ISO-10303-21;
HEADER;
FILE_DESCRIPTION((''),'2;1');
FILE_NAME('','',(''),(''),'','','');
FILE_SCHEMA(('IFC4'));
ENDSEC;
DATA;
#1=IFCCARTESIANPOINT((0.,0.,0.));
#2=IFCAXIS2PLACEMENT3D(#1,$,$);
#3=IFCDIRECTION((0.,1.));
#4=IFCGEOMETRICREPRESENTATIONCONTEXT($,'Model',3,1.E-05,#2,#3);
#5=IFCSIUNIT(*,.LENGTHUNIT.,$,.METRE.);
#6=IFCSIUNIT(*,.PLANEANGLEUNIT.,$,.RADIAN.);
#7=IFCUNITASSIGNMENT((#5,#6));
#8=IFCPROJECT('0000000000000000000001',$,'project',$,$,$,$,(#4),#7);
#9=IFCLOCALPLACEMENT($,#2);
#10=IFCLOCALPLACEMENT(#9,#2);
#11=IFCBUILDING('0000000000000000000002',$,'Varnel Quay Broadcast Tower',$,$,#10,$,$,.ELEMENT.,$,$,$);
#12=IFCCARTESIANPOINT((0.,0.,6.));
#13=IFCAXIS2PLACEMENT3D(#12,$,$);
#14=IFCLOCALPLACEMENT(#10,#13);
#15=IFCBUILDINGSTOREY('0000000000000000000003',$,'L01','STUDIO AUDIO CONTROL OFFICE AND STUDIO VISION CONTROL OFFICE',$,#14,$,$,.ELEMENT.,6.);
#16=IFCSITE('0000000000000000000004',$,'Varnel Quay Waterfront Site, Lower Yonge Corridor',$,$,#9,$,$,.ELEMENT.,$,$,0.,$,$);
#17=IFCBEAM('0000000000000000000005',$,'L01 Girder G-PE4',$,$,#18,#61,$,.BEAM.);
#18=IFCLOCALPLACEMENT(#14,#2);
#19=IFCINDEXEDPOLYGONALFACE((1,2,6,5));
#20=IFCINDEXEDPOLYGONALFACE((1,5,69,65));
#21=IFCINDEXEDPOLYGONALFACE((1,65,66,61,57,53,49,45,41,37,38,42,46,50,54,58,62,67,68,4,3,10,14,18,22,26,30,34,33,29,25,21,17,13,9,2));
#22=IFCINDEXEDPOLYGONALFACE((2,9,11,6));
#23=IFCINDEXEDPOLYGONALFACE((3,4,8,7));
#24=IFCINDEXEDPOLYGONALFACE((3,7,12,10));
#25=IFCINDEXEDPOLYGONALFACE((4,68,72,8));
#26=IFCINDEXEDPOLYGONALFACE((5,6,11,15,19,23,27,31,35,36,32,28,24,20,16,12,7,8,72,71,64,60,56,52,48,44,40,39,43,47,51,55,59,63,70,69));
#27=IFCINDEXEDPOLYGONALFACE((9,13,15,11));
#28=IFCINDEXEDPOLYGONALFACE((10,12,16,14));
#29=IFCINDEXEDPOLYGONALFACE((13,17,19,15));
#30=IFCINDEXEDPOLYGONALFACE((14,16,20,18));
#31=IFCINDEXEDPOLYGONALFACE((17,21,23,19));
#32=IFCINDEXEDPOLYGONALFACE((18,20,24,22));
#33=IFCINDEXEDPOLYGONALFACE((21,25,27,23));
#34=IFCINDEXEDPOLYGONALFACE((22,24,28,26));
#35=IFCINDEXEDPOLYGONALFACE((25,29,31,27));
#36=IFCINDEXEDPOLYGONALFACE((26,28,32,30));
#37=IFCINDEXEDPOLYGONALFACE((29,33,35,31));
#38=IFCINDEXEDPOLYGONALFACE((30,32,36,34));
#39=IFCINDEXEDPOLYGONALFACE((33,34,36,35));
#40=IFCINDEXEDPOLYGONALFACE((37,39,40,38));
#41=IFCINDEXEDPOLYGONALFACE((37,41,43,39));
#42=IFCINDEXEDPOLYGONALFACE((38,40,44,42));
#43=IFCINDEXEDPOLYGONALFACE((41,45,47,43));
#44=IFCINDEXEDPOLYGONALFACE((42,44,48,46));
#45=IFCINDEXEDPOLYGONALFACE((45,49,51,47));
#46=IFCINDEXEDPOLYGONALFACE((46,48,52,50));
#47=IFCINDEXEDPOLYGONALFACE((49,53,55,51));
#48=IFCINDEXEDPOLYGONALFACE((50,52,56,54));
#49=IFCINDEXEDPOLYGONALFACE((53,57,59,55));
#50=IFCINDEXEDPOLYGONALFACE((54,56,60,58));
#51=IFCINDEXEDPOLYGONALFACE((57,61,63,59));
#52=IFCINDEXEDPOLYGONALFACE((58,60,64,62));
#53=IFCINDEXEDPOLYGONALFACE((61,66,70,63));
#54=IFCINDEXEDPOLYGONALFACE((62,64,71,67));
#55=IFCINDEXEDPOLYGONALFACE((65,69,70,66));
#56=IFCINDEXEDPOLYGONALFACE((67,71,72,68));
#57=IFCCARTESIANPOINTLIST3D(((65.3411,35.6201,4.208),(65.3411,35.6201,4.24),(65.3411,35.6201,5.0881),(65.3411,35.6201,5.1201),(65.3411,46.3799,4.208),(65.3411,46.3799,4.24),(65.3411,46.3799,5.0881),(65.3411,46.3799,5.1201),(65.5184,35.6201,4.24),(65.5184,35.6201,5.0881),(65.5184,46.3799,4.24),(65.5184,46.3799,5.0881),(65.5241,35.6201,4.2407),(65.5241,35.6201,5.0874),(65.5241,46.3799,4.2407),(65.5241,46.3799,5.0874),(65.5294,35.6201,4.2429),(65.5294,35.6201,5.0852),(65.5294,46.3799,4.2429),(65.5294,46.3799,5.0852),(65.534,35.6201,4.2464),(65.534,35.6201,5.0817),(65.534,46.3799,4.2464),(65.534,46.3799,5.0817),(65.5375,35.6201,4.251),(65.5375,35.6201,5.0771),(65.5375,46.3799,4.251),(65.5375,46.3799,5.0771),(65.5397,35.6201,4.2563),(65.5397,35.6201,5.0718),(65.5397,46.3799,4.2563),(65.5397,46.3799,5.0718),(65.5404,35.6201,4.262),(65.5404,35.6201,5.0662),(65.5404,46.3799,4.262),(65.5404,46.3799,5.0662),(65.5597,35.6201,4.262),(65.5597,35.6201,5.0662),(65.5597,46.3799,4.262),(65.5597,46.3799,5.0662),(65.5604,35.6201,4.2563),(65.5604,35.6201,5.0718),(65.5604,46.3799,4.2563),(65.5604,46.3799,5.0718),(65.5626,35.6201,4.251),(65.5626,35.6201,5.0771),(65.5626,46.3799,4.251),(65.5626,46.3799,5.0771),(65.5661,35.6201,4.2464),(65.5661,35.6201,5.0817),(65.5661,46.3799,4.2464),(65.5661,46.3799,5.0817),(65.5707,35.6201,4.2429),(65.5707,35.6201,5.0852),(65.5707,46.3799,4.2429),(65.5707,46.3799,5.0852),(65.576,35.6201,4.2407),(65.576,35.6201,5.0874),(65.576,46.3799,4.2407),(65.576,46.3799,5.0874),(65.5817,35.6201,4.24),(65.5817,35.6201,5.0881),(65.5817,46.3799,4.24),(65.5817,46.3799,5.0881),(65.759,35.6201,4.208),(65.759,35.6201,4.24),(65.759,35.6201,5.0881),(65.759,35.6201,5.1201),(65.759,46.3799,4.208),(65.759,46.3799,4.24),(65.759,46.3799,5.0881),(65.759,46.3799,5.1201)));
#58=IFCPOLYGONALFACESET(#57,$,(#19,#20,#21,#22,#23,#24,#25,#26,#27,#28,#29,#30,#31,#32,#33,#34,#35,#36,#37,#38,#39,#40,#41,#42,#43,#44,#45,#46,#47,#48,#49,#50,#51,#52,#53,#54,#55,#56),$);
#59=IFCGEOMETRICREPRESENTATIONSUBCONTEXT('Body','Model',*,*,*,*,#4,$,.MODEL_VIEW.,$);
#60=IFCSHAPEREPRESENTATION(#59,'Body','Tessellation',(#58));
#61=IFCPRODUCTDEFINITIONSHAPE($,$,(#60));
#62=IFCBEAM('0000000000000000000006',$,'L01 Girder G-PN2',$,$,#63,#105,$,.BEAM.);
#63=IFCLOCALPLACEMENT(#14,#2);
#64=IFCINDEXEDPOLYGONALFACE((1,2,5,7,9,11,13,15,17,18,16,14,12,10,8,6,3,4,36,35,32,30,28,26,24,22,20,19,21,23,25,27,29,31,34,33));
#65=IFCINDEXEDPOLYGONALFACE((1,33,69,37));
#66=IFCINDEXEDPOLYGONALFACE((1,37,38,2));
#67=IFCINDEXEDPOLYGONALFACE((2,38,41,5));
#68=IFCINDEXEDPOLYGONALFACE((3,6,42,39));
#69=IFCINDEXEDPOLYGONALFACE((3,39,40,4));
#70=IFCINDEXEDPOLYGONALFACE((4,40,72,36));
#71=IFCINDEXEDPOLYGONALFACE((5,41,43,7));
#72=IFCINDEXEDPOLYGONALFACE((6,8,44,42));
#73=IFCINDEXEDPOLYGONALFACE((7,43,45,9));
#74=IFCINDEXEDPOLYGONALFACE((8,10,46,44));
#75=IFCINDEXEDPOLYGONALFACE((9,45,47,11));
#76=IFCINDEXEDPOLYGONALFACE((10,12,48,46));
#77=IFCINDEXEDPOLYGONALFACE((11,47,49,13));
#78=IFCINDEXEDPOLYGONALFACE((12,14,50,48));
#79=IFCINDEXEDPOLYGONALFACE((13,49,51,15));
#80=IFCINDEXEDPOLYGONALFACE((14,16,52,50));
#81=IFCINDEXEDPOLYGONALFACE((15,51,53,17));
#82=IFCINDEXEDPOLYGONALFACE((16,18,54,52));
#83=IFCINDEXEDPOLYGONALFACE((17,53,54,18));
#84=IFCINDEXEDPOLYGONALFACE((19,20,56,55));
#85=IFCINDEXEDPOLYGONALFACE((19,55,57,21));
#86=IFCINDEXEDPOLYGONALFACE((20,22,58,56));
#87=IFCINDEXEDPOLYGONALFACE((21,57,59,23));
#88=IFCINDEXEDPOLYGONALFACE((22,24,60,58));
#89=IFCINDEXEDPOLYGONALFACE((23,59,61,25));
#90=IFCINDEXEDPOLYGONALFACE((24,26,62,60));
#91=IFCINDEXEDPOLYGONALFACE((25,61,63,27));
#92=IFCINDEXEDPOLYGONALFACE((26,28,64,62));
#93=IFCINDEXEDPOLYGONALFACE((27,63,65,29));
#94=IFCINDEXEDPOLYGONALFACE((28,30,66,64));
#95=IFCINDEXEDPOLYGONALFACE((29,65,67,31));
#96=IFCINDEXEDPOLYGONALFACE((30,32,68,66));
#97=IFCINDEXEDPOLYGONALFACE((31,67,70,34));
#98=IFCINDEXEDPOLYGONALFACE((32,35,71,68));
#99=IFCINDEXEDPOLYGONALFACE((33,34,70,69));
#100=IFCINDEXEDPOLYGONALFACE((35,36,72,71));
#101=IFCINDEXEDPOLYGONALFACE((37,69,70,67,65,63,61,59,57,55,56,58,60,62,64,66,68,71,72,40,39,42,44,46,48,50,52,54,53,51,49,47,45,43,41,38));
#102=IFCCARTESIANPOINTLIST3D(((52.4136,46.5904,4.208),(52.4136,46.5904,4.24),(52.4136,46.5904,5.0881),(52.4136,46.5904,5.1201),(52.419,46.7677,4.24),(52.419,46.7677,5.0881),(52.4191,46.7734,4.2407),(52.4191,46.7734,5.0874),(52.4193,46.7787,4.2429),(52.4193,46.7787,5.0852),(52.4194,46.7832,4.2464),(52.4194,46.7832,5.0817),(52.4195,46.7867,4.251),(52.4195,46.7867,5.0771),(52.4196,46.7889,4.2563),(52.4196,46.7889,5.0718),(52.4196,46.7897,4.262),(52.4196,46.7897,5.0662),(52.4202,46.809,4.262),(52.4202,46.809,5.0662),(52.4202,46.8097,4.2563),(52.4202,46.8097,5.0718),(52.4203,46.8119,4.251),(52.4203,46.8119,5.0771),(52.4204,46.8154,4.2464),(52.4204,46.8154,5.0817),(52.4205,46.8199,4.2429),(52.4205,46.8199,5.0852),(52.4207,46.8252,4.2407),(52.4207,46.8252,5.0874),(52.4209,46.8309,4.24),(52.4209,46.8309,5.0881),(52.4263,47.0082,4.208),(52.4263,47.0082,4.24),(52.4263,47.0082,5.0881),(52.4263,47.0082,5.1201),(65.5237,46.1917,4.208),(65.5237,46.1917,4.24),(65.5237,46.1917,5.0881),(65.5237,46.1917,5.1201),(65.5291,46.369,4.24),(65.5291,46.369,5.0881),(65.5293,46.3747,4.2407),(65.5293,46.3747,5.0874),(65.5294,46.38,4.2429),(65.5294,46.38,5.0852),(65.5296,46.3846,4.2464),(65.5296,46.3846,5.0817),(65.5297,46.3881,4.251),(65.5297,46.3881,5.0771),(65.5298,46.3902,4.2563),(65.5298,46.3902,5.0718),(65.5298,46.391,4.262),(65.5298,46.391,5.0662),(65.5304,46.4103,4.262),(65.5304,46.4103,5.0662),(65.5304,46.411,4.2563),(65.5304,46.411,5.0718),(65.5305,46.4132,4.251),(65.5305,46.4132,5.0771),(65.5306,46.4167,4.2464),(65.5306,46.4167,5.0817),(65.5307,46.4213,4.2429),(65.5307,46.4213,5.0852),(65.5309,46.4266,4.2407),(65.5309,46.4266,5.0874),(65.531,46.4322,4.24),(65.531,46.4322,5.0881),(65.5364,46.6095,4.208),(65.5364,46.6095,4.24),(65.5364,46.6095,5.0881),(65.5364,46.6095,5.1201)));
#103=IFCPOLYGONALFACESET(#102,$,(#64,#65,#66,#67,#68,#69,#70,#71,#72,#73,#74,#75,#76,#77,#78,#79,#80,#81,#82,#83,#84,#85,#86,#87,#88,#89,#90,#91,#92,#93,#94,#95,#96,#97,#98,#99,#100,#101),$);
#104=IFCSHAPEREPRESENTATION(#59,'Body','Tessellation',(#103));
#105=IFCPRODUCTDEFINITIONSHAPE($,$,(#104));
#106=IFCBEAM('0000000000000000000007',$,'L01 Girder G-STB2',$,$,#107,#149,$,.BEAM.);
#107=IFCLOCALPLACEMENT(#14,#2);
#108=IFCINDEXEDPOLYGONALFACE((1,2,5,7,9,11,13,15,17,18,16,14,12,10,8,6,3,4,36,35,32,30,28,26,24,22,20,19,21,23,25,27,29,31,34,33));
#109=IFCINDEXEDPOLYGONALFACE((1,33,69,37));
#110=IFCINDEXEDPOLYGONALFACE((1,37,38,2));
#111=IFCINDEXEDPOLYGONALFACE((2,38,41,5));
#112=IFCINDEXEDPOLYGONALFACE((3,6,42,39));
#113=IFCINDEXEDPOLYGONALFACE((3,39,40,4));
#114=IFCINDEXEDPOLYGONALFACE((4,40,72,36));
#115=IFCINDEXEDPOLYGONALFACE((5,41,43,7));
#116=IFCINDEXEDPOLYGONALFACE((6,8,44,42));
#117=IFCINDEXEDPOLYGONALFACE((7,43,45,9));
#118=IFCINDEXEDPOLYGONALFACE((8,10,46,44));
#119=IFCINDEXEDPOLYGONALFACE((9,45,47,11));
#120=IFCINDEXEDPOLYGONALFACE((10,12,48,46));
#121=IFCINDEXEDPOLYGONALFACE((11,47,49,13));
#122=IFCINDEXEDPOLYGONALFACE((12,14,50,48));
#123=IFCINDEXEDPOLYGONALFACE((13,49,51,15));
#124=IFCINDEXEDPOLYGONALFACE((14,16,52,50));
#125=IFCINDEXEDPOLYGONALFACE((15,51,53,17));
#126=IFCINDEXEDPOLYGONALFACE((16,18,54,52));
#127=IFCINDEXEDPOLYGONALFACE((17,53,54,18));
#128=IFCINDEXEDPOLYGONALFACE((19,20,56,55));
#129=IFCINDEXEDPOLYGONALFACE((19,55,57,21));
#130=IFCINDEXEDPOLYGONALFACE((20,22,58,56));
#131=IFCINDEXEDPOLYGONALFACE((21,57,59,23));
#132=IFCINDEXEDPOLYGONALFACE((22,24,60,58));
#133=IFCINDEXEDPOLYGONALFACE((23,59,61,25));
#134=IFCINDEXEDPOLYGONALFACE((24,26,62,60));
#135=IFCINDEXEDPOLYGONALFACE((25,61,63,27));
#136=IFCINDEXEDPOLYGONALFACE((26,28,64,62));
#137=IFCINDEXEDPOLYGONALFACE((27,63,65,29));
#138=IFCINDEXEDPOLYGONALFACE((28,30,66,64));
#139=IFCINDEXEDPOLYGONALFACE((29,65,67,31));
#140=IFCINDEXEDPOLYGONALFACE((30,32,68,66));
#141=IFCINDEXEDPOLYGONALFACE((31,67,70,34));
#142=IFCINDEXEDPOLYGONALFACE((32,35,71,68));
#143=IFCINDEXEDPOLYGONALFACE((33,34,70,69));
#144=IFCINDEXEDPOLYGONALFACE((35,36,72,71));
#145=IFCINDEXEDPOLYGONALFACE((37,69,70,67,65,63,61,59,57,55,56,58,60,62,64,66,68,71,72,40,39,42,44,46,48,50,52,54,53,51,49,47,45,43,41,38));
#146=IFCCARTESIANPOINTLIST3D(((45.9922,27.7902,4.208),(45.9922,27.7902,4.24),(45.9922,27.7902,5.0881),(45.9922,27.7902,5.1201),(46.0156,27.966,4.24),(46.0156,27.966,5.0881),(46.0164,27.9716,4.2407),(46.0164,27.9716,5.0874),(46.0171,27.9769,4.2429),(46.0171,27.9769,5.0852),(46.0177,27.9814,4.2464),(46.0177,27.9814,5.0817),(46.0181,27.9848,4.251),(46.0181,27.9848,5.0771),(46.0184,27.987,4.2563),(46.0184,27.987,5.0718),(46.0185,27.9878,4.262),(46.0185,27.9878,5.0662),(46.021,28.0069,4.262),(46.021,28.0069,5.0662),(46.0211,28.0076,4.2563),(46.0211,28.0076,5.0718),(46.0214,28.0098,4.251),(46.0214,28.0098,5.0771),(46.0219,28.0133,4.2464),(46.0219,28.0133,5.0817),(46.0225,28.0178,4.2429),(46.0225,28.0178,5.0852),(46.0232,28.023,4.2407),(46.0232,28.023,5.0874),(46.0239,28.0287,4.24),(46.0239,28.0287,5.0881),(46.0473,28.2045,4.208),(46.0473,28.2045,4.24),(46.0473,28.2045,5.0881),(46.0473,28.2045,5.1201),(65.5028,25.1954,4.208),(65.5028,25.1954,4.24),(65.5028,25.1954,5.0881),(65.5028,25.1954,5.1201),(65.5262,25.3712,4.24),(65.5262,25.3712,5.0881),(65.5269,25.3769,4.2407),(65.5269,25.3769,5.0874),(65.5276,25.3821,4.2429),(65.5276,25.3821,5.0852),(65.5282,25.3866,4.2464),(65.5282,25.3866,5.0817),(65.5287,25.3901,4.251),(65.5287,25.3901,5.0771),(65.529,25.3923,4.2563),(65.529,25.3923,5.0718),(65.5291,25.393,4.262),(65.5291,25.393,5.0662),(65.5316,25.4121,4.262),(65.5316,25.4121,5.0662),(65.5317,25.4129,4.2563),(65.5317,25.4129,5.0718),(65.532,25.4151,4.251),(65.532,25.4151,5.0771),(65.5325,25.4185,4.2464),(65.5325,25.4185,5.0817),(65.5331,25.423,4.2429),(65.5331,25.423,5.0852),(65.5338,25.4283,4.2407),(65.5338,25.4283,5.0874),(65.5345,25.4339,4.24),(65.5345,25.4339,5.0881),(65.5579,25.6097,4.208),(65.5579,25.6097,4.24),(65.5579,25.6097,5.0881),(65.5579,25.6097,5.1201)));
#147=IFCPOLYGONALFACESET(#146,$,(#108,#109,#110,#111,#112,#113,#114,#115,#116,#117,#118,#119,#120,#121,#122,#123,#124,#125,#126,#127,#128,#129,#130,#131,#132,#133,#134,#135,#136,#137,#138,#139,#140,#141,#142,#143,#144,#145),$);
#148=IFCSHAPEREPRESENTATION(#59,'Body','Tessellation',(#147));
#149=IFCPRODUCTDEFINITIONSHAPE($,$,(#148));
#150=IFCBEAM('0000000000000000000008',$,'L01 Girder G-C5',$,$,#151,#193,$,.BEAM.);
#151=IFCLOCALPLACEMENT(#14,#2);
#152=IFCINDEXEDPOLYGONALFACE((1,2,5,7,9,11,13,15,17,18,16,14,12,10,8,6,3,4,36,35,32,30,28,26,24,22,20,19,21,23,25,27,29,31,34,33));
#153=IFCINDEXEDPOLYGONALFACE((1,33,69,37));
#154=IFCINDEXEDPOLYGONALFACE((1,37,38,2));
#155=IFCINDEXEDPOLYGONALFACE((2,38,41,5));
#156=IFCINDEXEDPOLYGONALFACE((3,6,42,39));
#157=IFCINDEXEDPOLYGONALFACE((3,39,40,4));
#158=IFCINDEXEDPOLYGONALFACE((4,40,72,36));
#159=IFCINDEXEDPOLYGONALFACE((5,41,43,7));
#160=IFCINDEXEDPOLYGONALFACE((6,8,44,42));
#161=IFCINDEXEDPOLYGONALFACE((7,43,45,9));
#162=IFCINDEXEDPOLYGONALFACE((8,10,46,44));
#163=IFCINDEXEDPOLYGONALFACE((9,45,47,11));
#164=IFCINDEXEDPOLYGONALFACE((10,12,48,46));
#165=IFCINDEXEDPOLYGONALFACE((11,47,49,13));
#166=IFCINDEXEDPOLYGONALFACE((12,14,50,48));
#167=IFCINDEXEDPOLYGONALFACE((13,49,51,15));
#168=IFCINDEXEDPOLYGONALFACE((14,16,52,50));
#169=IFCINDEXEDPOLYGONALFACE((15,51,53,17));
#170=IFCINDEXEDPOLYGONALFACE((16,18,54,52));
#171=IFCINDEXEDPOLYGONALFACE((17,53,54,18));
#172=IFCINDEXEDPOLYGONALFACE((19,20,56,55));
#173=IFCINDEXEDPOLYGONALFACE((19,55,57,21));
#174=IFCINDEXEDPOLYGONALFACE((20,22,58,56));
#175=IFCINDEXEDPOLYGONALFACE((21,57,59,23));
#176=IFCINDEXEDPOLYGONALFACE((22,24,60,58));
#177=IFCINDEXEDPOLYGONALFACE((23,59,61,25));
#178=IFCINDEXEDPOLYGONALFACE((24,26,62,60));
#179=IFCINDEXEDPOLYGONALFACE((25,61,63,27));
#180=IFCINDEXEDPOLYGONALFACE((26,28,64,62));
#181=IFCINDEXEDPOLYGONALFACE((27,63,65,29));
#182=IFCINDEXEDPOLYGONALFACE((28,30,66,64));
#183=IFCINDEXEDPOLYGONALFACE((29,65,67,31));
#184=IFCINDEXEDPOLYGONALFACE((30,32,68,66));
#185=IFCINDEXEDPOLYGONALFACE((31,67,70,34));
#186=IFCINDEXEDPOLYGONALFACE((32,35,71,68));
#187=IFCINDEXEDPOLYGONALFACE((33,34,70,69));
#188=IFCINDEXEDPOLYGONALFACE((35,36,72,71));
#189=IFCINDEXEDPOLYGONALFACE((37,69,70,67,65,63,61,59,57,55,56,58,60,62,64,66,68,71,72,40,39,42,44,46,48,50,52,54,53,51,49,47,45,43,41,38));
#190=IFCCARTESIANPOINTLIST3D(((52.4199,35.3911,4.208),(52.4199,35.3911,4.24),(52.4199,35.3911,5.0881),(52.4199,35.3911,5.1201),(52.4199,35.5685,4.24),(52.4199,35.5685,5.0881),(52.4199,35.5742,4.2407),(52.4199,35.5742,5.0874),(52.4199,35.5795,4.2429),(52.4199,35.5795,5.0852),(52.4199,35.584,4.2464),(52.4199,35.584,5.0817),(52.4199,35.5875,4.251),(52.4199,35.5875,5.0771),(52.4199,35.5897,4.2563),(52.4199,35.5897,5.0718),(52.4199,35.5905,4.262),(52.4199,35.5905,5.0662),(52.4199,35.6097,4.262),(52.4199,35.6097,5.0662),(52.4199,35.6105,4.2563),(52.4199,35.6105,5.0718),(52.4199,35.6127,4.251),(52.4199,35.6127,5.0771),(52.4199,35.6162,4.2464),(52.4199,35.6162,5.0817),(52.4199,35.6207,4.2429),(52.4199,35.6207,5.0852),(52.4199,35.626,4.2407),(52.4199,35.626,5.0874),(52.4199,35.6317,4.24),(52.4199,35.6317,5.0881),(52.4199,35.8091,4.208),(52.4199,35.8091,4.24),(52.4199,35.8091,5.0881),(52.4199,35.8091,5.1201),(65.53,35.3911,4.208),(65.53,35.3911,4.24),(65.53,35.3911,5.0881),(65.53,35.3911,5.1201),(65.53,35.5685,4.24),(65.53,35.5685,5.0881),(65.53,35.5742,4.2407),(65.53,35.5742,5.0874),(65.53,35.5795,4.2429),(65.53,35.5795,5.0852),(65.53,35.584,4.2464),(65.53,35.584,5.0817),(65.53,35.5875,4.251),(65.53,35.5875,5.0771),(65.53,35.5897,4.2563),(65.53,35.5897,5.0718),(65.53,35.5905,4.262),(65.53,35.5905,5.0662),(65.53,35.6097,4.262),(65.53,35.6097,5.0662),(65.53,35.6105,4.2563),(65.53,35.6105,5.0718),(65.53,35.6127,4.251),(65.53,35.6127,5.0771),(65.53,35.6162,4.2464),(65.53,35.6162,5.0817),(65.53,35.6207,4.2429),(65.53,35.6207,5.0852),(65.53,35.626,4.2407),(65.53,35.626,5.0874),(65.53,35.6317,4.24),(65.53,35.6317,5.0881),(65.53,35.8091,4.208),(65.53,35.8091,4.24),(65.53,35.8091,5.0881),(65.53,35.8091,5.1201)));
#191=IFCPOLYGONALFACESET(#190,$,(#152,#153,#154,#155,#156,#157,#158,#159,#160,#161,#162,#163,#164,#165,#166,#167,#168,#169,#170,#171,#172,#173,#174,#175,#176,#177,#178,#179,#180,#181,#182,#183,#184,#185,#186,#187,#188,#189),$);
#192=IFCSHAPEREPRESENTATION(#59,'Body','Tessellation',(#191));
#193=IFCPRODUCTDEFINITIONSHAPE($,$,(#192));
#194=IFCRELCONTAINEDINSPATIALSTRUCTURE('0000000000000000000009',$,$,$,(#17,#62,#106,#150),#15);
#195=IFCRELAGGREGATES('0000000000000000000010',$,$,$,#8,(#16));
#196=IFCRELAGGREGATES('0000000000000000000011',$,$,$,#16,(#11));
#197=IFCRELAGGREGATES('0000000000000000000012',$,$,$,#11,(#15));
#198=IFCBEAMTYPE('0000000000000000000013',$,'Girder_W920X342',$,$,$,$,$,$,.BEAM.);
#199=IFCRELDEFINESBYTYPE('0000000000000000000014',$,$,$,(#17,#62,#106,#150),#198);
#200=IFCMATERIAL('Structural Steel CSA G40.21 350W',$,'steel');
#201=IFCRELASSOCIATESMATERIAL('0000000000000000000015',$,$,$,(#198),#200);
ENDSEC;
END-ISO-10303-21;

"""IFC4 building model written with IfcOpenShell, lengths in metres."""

from ifc_helpers import new_model, si_unit, direction, frame, origin, origin_2d, place, context, subcontext, project, spatial, i_section, extrude, source, transform, mapped, material, material_profile, profile_set, type_object, type_shapes, element, save


model = new_model("IFC4")

# Units and contexts
model_context = context("Model", 3, precision=1e-05, world=origin(), true_north=direction((0.0, 1.0)))
body_context = subcontext(model_context, "Body", "Model", "MODEL_VIEW")
ifc_project = project(units=[si_unit("LENGTHUNIT", "METRE"), si_unit("PLANEANGLEUNIT", "RADIAN")], contexts=[model_context])

# Site, building, storey
site_placement = place(None, origin())
site = spatial("IfcSite", under=ifc_project, at=site_placement, Name="Varnel Quay Waterfront Site, Lower Yonge Corridor", CompositionType="ELEMENT", RefElevation=0.0)
building_placement = place(site_placement, origin())
building = spatial("IfcBuilding", under=site, at=building_placement, Name="Varnel Quay Broadcast Tower", CompositionType="ELEMENT")
storey_placement = place(building_placement, frame((0.0, 0.0, 6.0)))
storey = spatial("IfcBuildingStorey", under=building, at=storey_placement, Name="L01", Description="STUDIO AUDIO CONTROL OFFICE AND STUDIO VISION CONTROL OFFICE", CompositionType="ELEMENT", Elevation=6.0)

# Shared definitions
ifc_material_1 = material(Name="Structural Steel CSA G40.21 350W", Category="steel")

# Beams
ifc_material_profile_1 = material_profile(ifc_material_1, i_section(OverallWidth=0.418, OverallDepth=0.9121, WebThickness=0.0193, FlangeThickness=0.032, FilletRadius=0.022, at=origin_2d()), Name="W920X342")
ifc_profile_set_1 = profile_set([ifc_material_profile_1], Name="Structural Steel CSA G40.21 350W")
beam_type = type_object("IfcBeamType", Name="Girder_W920X342", PredefinedType="BEAM", material=ifc_profile_set_1)
shared_shape_1 = source(origin(), body_context, "Body", "SweptSolid", [
    extrude(i_section(OverallWidth=0.418, OverallDepth=0.9121, WebThickness=0.0193, FlangeThickness=0.032, FilletRadius=0.022, at=origin_2d()), origin(), (0.0, 0.0, 1.0), 10.7598),
])
beam_1_placement = place(storey_placement, frame((65.55, 35.6201, 4.6641), z_axis=(0.0, 1.0, 0.0), x_axis=(-1.0, 0.0, 0.0)))
element("IfcBeam", 1, at=beam_1_placement, inside=storey, type_object=beam_type, Name="L01 Girder G-PE4", PredefinedType="BEAM", context=body_context, shape_type="MappedRepresentation", body=[
    mapped(shared_shape_1, transform((0.0, 0.0, 0.0), x_axis=(1.0, 0.0, 0.0), y_axis=(0.0, 1.0, 0.0), z_axis=(0.0, 0.0, 1.0), scale=1.0)),
])
shared_shape_2 = source(origin(), body_context, "Body", "SweptSolid", [
    extrude(i_section(OverallWidth=0.418, OverallDepth=0.9121, WebThickness=0.0193, FlangeThickness=0.032, FilletRadius=0.022, at=origin_2d()), origin(), (0.0, 0.0, 1.0), 13.1162),
])
beam_2_placement = place(storey_placement, frame((52.4199, 46.7993, 4.6641), z_axis=(0.999538, -0.030396, 0.0), x_axis=(0.030396, 0.999538, 0.0)))
element("IfcBeam", 2, at=beam_2_placement, inside=storey, type_object=beam_type, Name="L01 Girder G-PN2", PredefinedType="BEAM", context=body_context, shape_type="MappedRepresentation", body=[
    mapped(shared_shape_2, transform((0.0, 0.0, 0.0), x_axis=(1.0, 0.0, 0.0), y_axis=(0.0, 1.0, 0.0), z_axis=(0.0, 0.0, 1.0), scale=1.0)),
])
shared_shape_3 = source(origin(), body_context, "Body", "SweptSolid", [
    extrude(i_section(OverallWidth=0.418, OverallDepth=0.9121, WebThickness=0.0193, FlangeThickness=0.032, FilletRadius=0.022, at=origin_2d()), origin(), (0.0, 0.0, 1.0), 19.6824),
])
beam_3_placement = place(storey_placement, frame((46.0198, 27.9973, 4.6641), z_axis=(0.991272, -0.131831, 0.0), x_axis=(0.131831, 0.991272, 0.0)))
element("IfcBeam", 3, at=beam_3_placement, inside=storey, type_object=beam_type, Name="L01 Girder G-STB2", PredefinedType="BEAM", context=body_context, shape_type="MappedRepresentation", body=[
    mapped(shared_shape_3, transform((0.0, 0.0, 0.0), x_axis=(1.0, 0.0, 0.0), y_axis=(0.0, 1.0, 0.0), z_axis=(0.0, 0.0, 1.0), scale=1.0)),
])
shared_shape_4 = source(origin(), body_context, "Body", "SweptSolid", [
    extrude(i_section(OverallWidth=0.418, OverallDepth=0.9121, WebThickness=0.0193, FlangeThickness=0.032, FilletRadius=0.022, at=origin_2d()), origin(), (0.0, 0.0, 1.0), 13.1101),
])
type_shapes(beam_type, [shared_shape_1, shared_shape_2, shared_shape_3, shared_shape_4])
beam_4_placement = place(storey_placement, frame((52.4199, 35.6001, 4.6641), z_axis=(1.0, 0.0, 0.0), x_axis=(0.0, 1.0, 0.0)))
element("IfcBeam", 4, at=beam_4_placement, inside=storey, type_object=beam_type, Name="L01 Girder G-C5", PredefinedType="BEAM", context=body_context, shape_type="MappedRepresentation", body=[
    mapped(shared_shape_4, transform((0.0, 0.0, 0.0), x_axis=(1.0, 0.0, 0.0), y_axis=(0.0, 1.0, 0.0), z_axis=(0.0, 0.0, 1.0), scale=1.0)),
])

save(model, "model.ifc")
